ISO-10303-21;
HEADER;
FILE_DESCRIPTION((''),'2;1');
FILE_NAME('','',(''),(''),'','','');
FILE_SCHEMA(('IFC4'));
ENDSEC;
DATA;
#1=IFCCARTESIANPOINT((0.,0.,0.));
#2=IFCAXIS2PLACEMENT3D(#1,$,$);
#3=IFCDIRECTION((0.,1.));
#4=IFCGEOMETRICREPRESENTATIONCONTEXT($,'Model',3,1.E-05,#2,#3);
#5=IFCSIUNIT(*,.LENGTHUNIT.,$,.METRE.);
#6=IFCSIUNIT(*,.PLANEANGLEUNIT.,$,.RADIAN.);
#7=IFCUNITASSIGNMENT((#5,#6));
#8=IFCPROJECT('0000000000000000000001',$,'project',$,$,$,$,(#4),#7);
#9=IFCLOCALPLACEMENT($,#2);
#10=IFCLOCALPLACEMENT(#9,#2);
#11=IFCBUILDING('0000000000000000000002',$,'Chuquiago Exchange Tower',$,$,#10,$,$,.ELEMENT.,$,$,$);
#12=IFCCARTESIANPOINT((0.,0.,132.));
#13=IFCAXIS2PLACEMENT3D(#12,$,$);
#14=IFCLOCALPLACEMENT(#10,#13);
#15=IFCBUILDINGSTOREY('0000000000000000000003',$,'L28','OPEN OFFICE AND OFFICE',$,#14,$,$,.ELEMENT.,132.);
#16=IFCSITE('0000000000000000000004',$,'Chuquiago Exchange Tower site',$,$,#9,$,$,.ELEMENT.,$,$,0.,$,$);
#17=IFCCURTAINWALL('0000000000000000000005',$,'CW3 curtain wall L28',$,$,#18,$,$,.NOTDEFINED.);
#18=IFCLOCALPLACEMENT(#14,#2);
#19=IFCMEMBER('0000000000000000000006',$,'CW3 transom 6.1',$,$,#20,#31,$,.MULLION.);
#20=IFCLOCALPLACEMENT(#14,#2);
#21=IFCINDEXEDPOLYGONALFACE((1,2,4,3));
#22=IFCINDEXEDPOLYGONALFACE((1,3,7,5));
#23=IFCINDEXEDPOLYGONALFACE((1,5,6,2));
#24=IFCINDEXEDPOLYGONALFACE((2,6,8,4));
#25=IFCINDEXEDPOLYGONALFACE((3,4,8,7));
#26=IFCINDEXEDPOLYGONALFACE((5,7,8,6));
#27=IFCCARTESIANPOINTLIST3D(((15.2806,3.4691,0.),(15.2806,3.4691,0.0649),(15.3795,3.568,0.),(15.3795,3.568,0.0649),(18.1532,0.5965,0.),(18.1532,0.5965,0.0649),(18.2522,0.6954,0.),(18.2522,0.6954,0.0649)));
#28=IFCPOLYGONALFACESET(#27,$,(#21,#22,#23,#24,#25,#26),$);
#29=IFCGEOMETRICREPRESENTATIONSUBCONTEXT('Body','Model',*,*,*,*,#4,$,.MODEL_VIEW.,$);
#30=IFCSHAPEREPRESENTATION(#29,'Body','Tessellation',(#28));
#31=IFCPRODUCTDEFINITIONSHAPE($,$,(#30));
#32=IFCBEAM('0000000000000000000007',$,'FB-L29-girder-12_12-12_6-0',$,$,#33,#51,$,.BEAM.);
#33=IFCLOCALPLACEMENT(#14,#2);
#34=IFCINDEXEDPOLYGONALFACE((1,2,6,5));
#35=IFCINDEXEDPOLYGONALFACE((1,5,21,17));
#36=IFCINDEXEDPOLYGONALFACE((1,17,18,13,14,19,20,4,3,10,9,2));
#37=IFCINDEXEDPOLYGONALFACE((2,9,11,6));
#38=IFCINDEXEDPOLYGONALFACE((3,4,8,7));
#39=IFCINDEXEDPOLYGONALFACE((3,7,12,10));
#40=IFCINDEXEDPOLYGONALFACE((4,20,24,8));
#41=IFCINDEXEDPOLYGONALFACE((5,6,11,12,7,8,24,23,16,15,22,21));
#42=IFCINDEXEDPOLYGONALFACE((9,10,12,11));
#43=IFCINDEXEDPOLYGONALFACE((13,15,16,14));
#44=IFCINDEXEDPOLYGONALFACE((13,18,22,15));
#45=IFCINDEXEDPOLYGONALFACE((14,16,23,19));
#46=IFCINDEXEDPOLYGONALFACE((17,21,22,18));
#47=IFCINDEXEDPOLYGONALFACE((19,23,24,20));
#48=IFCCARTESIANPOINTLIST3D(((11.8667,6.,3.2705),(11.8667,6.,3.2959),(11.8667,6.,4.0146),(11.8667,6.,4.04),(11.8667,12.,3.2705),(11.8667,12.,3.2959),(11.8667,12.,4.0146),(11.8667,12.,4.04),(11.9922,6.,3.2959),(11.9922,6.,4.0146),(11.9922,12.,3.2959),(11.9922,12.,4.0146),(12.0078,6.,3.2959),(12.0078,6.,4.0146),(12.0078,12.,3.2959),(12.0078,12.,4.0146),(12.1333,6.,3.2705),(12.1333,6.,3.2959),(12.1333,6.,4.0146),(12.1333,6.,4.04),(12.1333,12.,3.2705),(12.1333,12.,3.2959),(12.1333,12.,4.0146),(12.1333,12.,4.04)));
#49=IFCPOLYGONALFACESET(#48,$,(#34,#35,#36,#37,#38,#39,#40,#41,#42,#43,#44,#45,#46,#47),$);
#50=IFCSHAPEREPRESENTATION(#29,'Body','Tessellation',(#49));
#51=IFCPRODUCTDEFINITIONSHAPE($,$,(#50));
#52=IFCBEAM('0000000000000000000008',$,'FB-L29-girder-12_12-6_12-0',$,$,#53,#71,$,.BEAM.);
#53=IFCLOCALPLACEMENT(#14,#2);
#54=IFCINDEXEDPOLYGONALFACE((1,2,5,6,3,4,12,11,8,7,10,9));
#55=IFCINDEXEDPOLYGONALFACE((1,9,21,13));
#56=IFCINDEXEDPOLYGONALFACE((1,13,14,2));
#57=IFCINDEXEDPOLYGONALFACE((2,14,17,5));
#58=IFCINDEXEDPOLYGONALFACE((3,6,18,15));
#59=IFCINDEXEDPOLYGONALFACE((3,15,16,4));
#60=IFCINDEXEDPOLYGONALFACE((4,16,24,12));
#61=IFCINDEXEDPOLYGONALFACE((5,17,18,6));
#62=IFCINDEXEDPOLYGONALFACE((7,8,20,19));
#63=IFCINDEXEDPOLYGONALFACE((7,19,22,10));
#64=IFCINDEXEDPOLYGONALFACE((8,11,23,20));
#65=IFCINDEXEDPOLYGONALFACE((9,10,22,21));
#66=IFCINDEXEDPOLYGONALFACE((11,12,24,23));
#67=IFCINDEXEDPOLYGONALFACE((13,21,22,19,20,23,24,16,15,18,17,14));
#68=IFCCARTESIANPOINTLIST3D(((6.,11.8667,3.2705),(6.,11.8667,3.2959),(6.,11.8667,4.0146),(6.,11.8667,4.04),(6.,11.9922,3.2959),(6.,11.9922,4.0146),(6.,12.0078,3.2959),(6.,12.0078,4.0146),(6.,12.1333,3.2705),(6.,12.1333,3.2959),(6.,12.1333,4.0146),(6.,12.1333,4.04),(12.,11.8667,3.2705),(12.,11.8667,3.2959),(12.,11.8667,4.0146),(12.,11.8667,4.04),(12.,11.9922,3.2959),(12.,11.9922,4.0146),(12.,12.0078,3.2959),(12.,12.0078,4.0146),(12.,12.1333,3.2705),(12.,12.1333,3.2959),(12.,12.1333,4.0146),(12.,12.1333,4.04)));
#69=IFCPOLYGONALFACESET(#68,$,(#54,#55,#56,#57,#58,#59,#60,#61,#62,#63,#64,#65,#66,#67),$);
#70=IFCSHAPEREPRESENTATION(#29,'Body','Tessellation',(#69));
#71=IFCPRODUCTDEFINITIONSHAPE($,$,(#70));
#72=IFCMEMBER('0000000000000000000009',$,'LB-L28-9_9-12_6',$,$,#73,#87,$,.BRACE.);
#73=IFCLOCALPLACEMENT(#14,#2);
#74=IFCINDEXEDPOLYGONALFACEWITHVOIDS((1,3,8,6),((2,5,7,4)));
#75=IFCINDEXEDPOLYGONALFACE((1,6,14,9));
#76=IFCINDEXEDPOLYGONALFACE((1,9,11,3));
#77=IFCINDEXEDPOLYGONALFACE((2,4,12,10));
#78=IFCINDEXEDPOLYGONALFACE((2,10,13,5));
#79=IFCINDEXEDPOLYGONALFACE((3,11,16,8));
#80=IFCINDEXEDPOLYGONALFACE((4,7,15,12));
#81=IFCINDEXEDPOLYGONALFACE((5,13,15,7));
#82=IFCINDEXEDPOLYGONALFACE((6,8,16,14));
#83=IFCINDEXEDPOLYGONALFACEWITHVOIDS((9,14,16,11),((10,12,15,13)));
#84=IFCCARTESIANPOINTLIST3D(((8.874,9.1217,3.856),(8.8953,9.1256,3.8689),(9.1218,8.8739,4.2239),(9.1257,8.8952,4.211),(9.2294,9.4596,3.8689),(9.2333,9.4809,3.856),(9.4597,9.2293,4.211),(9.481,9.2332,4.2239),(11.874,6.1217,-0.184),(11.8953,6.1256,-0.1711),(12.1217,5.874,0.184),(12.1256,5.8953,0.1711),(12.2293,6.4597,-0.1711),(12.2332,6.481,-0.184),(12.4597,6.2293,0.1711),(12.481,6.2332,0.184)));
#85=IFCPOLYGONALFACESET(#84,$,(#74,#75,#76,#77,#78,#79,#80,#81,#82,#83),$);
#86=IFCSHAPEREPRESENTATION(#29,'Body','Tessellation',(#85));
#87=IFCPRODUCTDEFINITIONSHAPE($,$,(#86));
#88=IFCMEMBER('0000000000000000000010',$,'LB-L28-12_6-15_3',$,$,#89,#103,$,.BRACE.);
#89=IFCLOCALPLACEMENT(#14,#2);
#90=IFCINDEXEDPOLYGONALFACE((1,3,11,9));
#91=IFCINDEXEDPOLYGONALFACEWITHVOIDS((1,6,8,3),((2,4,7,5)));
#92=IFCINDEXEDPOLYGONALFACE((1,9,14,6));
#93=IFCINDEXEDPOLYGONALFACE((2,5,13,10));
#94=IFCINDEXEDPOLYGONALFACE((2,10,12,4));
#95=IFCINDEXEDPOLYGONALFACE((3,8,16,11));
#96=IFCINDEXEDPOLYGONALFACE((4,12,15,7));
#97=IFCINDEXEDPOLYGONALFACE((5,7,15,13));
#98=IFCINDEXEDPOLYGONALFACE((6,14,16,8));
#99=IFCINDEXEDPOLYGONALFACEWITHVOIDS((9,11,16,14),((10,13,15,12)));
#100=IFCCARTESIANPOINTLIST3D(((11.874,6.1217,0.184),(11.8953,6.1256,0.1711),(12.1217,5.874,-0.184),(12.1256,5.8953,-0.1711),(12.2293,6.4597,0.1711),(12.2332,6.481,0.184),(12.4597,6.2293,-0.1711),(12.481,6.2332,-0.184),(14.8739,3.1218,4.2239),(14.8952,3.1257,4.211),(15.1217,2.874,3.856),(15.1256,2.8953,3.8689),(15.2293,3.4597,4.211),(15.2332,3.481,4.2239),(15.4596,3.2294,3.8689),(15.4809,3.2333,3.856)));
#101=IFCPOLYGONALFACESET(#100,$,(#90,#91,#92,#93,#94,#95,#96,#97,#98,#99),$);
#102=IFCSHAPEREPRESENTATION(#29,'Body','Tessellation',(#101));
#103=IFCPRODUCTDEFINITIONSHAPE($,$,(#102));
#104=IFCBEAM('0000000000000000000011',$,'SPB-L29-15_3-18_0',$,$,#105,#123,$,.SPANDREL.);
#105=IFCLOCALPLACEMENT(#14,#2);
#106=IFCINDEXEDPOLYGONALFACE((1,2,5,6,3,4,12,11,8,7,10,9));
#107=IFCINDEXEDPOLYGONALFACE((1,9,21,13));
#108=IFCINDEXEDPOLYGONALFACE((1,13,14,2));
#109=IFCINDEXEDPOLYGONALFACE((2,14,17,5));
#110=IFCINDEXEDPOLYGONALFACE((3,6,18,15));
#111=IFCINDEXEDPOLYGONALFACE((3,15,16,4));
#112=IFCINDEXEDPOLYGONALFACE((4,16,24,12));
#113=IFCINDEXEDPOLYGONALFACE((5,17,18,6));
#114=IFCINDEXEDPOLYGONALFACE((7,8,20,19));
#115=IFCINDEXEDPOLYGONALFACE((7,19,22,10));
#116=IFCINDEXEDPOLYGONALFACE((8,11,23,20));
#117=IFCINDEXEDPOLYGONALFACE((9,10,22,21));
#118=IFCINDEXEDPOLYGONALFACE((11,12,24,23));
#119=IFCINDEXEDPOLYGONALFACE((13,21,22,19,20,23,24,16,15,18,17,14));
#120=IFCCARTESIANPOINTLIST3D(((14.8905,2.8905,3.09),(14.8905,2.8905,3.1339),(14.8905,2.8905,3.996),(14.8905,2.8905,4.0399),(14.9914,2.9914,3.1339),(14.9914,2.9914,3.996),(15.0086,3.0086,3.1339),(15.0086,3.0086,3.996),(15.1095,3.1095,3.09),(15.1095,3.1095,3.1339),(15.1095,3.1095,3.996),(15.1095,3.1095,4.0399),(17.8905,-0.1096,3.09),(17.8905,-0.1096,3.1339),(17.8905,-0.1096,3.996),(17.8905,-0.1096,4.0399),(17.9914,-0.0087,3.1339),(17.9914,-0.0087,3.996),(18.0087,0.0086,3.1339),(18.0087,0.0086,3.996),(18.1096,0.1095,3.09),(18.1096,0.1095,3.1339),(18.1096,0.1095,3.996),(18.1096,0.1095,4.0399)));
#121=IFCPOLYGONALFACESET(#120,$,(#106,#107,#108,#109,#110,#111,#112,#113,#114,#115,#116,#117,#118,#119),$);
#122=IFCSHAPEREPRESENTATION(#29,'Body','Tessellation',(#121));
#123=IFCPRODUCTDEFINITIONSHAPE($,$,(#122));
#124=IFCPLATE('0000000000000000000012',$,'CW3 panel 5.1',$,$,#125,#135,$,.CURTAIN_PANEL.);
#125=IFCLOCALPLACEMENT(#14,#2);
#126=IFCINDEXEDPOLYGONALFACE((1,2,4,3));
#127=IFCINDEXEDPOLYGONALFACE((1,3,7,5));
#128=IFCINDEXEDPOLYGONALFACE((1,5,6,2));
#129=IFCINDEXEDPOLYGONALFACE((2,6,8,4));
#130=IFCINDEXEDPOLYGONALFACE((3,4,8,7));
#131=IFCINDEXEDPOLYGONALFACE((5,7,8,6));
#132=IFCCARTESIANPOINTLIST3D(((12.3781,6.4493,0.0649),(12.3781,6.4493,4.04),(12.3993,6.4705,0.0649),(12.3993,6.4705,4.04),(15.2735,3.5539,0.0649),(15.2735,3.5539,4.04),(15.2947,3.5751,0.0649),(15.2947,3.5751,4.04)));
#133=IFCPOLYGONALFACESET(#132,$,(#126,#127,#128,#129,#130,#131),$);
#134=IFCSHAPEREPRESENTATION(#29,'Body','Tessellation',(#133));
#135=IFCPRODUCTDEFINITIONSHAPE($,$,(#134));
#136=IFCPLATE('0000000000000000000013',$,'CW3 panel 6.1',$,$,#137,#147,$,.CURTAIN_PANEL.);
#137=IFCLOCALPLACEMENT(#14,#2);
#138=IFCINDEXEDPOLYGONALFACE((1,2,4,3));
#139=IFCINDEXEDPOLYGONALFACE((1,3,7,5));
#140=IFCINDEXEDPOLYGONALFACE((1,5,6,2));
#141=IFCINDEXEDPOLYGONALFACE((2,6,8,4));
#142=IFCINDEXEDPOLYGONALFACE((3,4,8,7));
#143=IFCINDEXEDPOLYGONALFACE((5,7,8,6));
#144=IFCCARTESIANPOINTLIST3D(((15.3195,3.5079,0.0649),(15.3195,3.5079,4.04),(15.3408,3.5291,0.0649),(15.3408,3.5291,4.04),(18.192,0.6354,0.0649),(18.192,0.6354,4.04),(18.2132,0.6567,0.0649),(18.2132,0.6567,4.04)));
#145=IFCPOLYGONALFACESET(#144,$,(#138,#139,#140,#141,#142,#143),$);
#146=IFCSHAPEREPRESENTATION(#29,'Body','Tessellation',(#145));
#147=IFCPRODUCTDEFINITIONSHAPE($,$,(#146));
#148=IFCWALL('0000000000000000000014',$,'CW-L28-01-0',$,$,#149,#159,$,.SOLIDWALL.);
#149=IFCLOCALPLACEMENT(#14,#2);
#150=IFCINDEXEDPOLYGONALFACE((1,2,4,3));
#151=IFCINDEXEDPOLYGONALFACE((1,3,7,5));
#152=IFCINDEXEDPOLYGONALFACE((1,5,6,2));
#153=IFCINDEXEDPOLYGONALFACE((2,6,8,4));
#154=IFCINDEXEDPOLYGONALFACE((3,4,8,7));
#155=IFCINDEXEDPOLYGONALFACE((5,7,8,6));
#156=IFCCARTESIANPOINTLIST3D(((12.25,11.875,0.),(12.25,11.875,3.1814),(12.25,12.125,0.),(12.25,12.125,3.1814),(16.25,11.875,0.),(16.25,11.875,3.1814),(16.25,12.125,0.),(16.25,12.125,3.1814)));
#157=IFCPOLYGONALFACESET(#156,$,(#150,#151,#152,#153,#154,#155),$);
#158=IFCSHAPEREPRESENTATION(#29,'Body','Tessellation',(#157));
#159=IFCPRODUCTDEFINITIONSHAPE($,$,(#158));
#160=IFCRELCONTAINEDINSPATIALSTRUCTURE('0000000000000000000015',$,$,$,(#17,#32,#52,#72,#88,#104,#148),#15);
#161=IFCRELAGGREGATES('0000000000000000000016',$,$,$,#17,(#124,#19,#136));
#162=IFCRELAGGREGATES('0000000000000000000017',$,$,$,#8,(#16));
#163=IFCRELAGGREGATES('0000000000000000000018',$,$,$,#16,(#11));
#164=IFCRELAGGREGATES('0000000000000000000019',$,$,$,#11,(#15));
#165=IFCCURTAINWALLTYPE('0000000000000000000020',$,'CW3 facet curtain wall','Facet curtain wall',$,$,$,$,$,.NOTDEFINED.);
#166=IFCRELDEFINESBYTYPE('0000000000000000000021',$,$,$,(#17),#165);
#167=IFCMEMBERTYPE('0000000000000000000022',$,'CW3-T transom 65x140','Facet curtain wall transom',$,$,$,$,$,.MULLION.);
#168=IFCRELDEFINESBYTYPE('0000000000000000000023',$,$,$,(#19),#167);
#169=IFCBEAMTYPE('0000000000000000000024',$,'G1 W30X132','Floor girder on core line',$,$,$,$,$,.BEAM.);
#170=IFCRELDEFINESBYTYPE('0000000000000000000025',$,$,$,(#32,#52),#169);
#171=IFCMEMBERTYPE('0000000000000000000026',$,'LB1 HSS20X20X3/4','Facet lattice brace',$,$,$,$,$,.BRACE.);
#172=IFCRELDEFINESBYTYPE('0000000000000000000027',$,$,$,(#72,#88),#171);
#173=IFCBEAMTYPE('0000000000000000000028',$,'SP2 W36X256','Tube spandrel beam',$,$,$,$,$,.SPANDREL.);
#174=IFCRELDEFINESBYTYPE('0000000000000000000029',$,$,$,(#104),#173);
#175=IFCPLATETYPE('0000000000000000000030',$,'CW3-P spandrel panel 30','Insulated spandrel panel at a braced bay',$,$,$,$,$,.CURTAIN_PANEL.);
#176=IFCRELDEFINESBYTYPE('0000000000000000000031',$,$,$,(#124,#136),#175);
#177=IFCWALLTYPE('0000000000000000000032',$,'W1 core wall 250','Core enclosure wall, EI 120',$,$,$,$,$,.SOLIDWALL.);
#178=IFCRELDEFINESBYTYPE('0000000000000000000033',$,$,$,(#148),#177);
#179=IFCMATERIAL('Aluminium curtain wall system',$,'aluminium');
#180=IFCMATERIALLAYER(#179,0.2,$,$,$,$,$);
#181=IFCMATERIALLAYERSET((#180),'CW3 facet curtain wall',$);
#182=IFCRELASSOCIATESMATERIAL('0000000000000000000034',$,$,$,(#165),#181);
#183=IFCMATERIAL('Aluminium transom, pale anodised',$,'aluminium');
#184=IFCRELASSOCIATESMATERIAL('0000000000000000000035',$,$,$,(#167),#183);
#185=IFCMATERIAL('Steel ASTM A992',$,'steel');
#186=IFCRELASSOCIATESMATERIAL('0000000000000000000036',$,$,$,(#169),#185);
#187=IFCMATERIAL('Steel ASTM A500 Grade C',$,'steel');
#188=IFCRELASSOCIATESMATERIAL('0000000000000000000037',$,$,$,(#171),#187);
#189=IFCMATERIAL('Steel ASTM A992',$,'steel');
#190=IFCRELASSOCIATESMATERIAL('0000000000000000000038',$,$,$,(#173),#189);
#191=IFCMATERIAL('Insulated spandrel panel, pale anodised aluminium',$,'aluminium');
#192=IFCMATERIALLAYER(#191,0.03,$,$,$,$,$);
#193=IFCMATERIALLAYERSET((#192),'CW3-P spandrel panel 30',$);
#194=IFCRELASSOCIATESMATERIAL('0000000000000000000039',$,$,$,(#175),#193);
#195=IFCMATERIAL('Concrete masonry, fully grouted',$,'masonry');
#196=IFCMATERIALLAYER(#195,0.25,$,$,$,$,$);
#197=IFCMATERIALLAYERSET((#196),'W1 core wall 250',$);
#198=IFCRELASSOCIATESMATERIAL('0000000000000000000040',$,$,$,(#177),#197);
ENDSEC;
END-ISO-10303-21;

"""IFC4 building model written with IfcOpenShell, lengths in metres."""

from ifc_helpers import new_model, si_unit, direction, frame, frame_2d, origin, origin_2d, place, context, subcontext, project, spatial, rectangle, hollow_rectangle, i_section, extrude, material, layer, layer_set, material_profile, profile_set, type_object, element, aggregate, save


model = new_model("IFC4")

# Units and contexts
model_context = context("Model", 3, precision=1e-05, world=origin(), true_north=direction((0.0, 1.0)))
body_context = subcontext(model_context, "Body", "Model", "MODEL_VIEW")
ifc_project = project(units=[si_unit("LENGTHUNIT", "METRE"), si_unit("PLANEANGLEUNIT", "RADIAN")], contexts=[model_context])

# Site, building, storey
site_placement = place(None, origin())
site = spatial("IfcSite", under=ifc_project, at=site_placement, Name="Chuquiago Exchange Tower site", CompositionType="ELEMENT", RefElevation=0.0)
building_placement = place(site_placement, origin())
building = spatial("IfcBuilding", under=site, at=building_placement, Name="Chuquiago Exchange Tower", CompositionType="ELEMENT")
storey_placement = place(building_placement, frame((0.0, 0.0, 132.0)))
storey = spatial("IfcBuildingStorey", under=building, at=storey_placement, Name="L28", Description="OPEN OFFICE AND OFFICE", CompositionType="ELEMENT", Elevation=132.0)

# Curtain wall, member
ifc_material_1 = material(Name="Aluminium curtain wall system", Category="aluminium")
ifc_layer_1 = layer(ifc_material_1, 0.2)
ifc_layer_set_1 = layer_set([ifc_layer_1], Name="CW3 facet curtain wall")
curtain_wall_type = type_object("IfcCurtainWallType", Name="CW3 facet curtain wall", Description="Facet curtain wall", PredefinedType="NOTDEFINED", material=ifc_layer_set_1)
curtain_wall_placement = place(storey_placement, origin())
curtain_wall = element("IfcCurtainWall", 1, at=curtain_wall_placement, inside=storey, type_object=curtain_wall_type, Name="CW3 curtain wall L28", PredefinedType="NOTDEFINED")
ifc_material_2 = material(Name="Aluminium transom, pale anodised", Category="aluminium")
ifc_material_profile_1 = material_profile(ifc_material_2, rectangle(XDim=0.1399, YDim=0.0649, at=origin_2d()), Name="AL 140x65")
ifc_profile_set_1 = profile_set([ifc_material_profile_1], Name="Aluminium transom, pale anodised")
member_type_1 = type_object("IfcMemberType", Name="CW3-T transom 65x140", Description="Facet curtain wall transom", PredefinedType="MULLION", material=ifc_profile_set_1)
member_1_placement = place(storey_placement, frame((15.3301, 3.5186, 0.0325), z_axis=(0.707107, -0.707107, 0.0), x_axis=(0.707107, 0.707107, 0.0)))
member_1 = element("IfcMember", 2, at=member_1_placement, type_object=member_type_1, Name="CW3 transom 6.1", PredefinedType="MULLION", context=body_context, shape_type="SweptSolid", body=[
    extrude(rectangle(XDim=0.1399, YDim=0.0649, at=origin_2d()), origin(), (0.0, 0.0, 1.0), 4.0625),
])

# Beams
ifc_material_3 = material(Name="Steel ASTM A992", Category="steel")
ifc_material_profile_2 = material_profile(ifc_material_3, i_section(OverallWidth=0.2666, OverallDepth=0.7695, WebThickness=0.0156, FlangeThickness=0.0254, at=origin_2d()), Name="W30X132")
ifc_profile_set_2 = profile_set([ifc_material_profile_2], Name="Steel ASTM A992")
beam_type_1 = type_object("IfcBeamType", Name="G1 W30X132", Description="Floor girder on core line", PredefinedType="BEAM", material=ifc_profile_set_2)
for number, where, z_axis, x_axis, name in (
    (3, (12.0, 12.0, 3.6553), (0.0, -1.0, 0.0), (1.0, 0.0, 0.0), "FB-L29-girder-12_12-12_6-0"),
    (4, (12.0, 12.0, 3.6553), (-1.0, 0.0, 0.0), (0.0, -1.0, 0.0), "FB-L29-girder-12_12-6_12-0"),
):
    element("IfcBeam", number, at=place(storey_placement, frame(where, z_axis=z_axis, x_axis=x_axis)), inside=storey, type_object=beam_type_1, Name=name, PredefinedType="BEAM", context=body_context, shape_type="SweptSolid", body=[
        extrude(i_section(OverallWidth=0.2666, OverallDepth=0.7695, WebThickness=0.0156, FlangeThickness=0.0254, at=origin_2d()), origin(), (0.0, 0.0, 1.0), 6.0),
    ])

# Members
ifc_material_4 = material(Name="Steel ASTM A500 Grade C", Category="steel")
ifc_material_profile_3 = material_profile(ifc_material_4, hollow_rectangle(XDim=0.5081, YDim=0.5081, WallThickness=0.0178, at=origin_2d()), Name="HSS20X20X3/4")
ifc_profile_set_3 = profile_set([ifc_material_profile_3], Name="Steel ASTM A500 Grade C")
member_type_2 = type_object("IfcMemberType", Name="LB1 HSS20X20X3/4", Description="Facet lattice brace", PredefinedType="BRACE", material=ifc_profile_set_3)
for number, where, z_axis, x_axis, name in (
    (5, (12.1775, 6.1775, 0.0), (-0.512077, 0.512077, 0.689604), (-0.707107, -0.707107, 0.0), "LB-L28-9_9-12_6"),
    (6, (12.1775, 6.1775, 0.0), (0.512077, -0.512077, 0.689604), (0.707107, 0.707107, 0.0), "LB-L28-12_6-15_3"),
):
    element("IfcMember", number, at=place(storey_placement, frame(where, z_axis=z_axis, x_axis=x_axis)), inside=storey, type_object=member_type_2, Name=name, PredefinedType="BRACE", context=body_context, shape_type="SweptSolid", body=[
        extrude(hollow_rectangle(XDim=0.5081, YDim=0.5081, WallThickness=0.0178, at=origin_2d()), origin(), (0.0, 0.0, 1.0), 5.8584),
    ])

# Beam
ifc_material_5 = material(Name="Steel ASTM A992", Category="steel")
ifc_material_profile_4 = material_profile(ifc_material_5, i_section(OverallWidth=0.3098, OverallDepth=0.95, WebThickness=0.0244, FlangeThickness=0.0439, at=origin_2d()), Name="W36X256")
ifc_profile_set_4 = profile_set([ifc_material_profile_4], Name="Steel ASTM A992")
beam_type_2 = type_object("IfcBeamType", Name="SP2 W36X256", Description="Tube spandrel beam", PredefinedType="SPANDREL", material=ifc_profile_set_4)
beam_1_placement = place(storey_placement, frame((15.0, 3.0, 3.5649), z_axis=(0.707107, -0.707107, 0.0), x_axis=(0.707107, 0.707107, 0.0)))
element("IfcBeam", 7, at=beam_1_placement, inside=storey, type_object=beam_type_2, Name="SPB-L29-15_3-18_0", PredefinedType="SPANDREL", context=body_context, shape_type="SweptSolid", body=[
    extrude(i_section(OverallWidth=0.3098, OverallDepth=0.95, WebThickness=0.0244, FlangeThickness=0.0439, at=origin_2d()), origin(), (0.0, 0.0, 1.0), 4.2427),
])

# Plates
ifc_material_6 = material(Name="Insulated spandrel panel, pale anodised aluminium", Category="aluminium")
ifc_layer_2 = layer(ifc_material_6, 0.03)
ifc_layer_set_2 = layer_set([ifc_layer_2], Name="CW3-P spandrel panel 30")
plate_type = type_object("IfcPlateType", Name="CW3-P spandrel panel 30", Description="Insulated spandrel panel at a braced bay", PredefinedType="CURTAIN_PANEL", material=ifc_layer_set_2)
plate_1_placement = place(storey_placement, frame((13.8364, 5.0122, 0.0649), z_axis=(0.0, 0.0, 1.0), x_axis=(0.707107, -0.707107, 0.0)))
plate_1 = element("IfcPlate", 8, at=plate_1_placement, type_object=plate_type, Name="CW3 panel 5.1", PredefinedType="CURTAIN_PANEL", context=body_context, shape_type="SweptSolid", body=[
    extrude(rectangle(XDim=4.0947, YDim=0.03, at=origin_2d()), origin(), (0.0, 0.0, 1.0), 3.9751),
])
plate_2_placement = place(storey_placement, frame((16.7664, 2.0823, 0.0649), z_axis=(0.0, 0.0, 1.0), x_axis=(0.707107, -0.707107, 0.0)))
plate_2 = element("IfcPlate", 9, at=plate_2_placement, type_object=plate_type, Name="CW3 panel 6.1", PredefinedType="CURTAIN_PANEL", context=body_context, shape_type="SweptSolid", body=[
    extrude(rectangle(XDim=4.0623, YDim=0.03, at=origin_2d()), origin(), (0.0, 0.0, 1.0), 3.9751),
])
aggregate(curtain_wall, [plate_1, member_1, plate_2])

# Wall
ifc_material_7 = material(Name="Concrete masonry, fully grouted", Category="masonry")
ifc_layer_3 = layer(ifc_material_7, 0.25)
ifc_layer_set_3 = layer_set([ifc_layer_3], Name="W1 core wall 250")
wall_type = type_object("IfcWallType", Name="W1 core wall 250", Description="Core enclosure wall, EI 120", PredefinedType="SOLIDWALL", material=ifc_layer_set_3)
wall_placement = place(storey_placement, frame((12.25, 12.0, 0.0), z_axis=(0.0, 0.0, 1.0), x_axis=(1.0, 0.0, 0.0)))
element("IfcWall", 10, at=wall_placement, inside=storey, type_object=wall_type, Name="CW-L28-01-0", PredefinedType="SOLIDWALL", context=body_context, shape_type="SweptSolid", body=[
    extrude(rectangle(XDim=4.0, YDim=0.25, at=frame_2d((2.0, 0.0))), origin(), (0.0, 0.0, 1.0), 3.1814),
])

save(model, "model.ifc")
